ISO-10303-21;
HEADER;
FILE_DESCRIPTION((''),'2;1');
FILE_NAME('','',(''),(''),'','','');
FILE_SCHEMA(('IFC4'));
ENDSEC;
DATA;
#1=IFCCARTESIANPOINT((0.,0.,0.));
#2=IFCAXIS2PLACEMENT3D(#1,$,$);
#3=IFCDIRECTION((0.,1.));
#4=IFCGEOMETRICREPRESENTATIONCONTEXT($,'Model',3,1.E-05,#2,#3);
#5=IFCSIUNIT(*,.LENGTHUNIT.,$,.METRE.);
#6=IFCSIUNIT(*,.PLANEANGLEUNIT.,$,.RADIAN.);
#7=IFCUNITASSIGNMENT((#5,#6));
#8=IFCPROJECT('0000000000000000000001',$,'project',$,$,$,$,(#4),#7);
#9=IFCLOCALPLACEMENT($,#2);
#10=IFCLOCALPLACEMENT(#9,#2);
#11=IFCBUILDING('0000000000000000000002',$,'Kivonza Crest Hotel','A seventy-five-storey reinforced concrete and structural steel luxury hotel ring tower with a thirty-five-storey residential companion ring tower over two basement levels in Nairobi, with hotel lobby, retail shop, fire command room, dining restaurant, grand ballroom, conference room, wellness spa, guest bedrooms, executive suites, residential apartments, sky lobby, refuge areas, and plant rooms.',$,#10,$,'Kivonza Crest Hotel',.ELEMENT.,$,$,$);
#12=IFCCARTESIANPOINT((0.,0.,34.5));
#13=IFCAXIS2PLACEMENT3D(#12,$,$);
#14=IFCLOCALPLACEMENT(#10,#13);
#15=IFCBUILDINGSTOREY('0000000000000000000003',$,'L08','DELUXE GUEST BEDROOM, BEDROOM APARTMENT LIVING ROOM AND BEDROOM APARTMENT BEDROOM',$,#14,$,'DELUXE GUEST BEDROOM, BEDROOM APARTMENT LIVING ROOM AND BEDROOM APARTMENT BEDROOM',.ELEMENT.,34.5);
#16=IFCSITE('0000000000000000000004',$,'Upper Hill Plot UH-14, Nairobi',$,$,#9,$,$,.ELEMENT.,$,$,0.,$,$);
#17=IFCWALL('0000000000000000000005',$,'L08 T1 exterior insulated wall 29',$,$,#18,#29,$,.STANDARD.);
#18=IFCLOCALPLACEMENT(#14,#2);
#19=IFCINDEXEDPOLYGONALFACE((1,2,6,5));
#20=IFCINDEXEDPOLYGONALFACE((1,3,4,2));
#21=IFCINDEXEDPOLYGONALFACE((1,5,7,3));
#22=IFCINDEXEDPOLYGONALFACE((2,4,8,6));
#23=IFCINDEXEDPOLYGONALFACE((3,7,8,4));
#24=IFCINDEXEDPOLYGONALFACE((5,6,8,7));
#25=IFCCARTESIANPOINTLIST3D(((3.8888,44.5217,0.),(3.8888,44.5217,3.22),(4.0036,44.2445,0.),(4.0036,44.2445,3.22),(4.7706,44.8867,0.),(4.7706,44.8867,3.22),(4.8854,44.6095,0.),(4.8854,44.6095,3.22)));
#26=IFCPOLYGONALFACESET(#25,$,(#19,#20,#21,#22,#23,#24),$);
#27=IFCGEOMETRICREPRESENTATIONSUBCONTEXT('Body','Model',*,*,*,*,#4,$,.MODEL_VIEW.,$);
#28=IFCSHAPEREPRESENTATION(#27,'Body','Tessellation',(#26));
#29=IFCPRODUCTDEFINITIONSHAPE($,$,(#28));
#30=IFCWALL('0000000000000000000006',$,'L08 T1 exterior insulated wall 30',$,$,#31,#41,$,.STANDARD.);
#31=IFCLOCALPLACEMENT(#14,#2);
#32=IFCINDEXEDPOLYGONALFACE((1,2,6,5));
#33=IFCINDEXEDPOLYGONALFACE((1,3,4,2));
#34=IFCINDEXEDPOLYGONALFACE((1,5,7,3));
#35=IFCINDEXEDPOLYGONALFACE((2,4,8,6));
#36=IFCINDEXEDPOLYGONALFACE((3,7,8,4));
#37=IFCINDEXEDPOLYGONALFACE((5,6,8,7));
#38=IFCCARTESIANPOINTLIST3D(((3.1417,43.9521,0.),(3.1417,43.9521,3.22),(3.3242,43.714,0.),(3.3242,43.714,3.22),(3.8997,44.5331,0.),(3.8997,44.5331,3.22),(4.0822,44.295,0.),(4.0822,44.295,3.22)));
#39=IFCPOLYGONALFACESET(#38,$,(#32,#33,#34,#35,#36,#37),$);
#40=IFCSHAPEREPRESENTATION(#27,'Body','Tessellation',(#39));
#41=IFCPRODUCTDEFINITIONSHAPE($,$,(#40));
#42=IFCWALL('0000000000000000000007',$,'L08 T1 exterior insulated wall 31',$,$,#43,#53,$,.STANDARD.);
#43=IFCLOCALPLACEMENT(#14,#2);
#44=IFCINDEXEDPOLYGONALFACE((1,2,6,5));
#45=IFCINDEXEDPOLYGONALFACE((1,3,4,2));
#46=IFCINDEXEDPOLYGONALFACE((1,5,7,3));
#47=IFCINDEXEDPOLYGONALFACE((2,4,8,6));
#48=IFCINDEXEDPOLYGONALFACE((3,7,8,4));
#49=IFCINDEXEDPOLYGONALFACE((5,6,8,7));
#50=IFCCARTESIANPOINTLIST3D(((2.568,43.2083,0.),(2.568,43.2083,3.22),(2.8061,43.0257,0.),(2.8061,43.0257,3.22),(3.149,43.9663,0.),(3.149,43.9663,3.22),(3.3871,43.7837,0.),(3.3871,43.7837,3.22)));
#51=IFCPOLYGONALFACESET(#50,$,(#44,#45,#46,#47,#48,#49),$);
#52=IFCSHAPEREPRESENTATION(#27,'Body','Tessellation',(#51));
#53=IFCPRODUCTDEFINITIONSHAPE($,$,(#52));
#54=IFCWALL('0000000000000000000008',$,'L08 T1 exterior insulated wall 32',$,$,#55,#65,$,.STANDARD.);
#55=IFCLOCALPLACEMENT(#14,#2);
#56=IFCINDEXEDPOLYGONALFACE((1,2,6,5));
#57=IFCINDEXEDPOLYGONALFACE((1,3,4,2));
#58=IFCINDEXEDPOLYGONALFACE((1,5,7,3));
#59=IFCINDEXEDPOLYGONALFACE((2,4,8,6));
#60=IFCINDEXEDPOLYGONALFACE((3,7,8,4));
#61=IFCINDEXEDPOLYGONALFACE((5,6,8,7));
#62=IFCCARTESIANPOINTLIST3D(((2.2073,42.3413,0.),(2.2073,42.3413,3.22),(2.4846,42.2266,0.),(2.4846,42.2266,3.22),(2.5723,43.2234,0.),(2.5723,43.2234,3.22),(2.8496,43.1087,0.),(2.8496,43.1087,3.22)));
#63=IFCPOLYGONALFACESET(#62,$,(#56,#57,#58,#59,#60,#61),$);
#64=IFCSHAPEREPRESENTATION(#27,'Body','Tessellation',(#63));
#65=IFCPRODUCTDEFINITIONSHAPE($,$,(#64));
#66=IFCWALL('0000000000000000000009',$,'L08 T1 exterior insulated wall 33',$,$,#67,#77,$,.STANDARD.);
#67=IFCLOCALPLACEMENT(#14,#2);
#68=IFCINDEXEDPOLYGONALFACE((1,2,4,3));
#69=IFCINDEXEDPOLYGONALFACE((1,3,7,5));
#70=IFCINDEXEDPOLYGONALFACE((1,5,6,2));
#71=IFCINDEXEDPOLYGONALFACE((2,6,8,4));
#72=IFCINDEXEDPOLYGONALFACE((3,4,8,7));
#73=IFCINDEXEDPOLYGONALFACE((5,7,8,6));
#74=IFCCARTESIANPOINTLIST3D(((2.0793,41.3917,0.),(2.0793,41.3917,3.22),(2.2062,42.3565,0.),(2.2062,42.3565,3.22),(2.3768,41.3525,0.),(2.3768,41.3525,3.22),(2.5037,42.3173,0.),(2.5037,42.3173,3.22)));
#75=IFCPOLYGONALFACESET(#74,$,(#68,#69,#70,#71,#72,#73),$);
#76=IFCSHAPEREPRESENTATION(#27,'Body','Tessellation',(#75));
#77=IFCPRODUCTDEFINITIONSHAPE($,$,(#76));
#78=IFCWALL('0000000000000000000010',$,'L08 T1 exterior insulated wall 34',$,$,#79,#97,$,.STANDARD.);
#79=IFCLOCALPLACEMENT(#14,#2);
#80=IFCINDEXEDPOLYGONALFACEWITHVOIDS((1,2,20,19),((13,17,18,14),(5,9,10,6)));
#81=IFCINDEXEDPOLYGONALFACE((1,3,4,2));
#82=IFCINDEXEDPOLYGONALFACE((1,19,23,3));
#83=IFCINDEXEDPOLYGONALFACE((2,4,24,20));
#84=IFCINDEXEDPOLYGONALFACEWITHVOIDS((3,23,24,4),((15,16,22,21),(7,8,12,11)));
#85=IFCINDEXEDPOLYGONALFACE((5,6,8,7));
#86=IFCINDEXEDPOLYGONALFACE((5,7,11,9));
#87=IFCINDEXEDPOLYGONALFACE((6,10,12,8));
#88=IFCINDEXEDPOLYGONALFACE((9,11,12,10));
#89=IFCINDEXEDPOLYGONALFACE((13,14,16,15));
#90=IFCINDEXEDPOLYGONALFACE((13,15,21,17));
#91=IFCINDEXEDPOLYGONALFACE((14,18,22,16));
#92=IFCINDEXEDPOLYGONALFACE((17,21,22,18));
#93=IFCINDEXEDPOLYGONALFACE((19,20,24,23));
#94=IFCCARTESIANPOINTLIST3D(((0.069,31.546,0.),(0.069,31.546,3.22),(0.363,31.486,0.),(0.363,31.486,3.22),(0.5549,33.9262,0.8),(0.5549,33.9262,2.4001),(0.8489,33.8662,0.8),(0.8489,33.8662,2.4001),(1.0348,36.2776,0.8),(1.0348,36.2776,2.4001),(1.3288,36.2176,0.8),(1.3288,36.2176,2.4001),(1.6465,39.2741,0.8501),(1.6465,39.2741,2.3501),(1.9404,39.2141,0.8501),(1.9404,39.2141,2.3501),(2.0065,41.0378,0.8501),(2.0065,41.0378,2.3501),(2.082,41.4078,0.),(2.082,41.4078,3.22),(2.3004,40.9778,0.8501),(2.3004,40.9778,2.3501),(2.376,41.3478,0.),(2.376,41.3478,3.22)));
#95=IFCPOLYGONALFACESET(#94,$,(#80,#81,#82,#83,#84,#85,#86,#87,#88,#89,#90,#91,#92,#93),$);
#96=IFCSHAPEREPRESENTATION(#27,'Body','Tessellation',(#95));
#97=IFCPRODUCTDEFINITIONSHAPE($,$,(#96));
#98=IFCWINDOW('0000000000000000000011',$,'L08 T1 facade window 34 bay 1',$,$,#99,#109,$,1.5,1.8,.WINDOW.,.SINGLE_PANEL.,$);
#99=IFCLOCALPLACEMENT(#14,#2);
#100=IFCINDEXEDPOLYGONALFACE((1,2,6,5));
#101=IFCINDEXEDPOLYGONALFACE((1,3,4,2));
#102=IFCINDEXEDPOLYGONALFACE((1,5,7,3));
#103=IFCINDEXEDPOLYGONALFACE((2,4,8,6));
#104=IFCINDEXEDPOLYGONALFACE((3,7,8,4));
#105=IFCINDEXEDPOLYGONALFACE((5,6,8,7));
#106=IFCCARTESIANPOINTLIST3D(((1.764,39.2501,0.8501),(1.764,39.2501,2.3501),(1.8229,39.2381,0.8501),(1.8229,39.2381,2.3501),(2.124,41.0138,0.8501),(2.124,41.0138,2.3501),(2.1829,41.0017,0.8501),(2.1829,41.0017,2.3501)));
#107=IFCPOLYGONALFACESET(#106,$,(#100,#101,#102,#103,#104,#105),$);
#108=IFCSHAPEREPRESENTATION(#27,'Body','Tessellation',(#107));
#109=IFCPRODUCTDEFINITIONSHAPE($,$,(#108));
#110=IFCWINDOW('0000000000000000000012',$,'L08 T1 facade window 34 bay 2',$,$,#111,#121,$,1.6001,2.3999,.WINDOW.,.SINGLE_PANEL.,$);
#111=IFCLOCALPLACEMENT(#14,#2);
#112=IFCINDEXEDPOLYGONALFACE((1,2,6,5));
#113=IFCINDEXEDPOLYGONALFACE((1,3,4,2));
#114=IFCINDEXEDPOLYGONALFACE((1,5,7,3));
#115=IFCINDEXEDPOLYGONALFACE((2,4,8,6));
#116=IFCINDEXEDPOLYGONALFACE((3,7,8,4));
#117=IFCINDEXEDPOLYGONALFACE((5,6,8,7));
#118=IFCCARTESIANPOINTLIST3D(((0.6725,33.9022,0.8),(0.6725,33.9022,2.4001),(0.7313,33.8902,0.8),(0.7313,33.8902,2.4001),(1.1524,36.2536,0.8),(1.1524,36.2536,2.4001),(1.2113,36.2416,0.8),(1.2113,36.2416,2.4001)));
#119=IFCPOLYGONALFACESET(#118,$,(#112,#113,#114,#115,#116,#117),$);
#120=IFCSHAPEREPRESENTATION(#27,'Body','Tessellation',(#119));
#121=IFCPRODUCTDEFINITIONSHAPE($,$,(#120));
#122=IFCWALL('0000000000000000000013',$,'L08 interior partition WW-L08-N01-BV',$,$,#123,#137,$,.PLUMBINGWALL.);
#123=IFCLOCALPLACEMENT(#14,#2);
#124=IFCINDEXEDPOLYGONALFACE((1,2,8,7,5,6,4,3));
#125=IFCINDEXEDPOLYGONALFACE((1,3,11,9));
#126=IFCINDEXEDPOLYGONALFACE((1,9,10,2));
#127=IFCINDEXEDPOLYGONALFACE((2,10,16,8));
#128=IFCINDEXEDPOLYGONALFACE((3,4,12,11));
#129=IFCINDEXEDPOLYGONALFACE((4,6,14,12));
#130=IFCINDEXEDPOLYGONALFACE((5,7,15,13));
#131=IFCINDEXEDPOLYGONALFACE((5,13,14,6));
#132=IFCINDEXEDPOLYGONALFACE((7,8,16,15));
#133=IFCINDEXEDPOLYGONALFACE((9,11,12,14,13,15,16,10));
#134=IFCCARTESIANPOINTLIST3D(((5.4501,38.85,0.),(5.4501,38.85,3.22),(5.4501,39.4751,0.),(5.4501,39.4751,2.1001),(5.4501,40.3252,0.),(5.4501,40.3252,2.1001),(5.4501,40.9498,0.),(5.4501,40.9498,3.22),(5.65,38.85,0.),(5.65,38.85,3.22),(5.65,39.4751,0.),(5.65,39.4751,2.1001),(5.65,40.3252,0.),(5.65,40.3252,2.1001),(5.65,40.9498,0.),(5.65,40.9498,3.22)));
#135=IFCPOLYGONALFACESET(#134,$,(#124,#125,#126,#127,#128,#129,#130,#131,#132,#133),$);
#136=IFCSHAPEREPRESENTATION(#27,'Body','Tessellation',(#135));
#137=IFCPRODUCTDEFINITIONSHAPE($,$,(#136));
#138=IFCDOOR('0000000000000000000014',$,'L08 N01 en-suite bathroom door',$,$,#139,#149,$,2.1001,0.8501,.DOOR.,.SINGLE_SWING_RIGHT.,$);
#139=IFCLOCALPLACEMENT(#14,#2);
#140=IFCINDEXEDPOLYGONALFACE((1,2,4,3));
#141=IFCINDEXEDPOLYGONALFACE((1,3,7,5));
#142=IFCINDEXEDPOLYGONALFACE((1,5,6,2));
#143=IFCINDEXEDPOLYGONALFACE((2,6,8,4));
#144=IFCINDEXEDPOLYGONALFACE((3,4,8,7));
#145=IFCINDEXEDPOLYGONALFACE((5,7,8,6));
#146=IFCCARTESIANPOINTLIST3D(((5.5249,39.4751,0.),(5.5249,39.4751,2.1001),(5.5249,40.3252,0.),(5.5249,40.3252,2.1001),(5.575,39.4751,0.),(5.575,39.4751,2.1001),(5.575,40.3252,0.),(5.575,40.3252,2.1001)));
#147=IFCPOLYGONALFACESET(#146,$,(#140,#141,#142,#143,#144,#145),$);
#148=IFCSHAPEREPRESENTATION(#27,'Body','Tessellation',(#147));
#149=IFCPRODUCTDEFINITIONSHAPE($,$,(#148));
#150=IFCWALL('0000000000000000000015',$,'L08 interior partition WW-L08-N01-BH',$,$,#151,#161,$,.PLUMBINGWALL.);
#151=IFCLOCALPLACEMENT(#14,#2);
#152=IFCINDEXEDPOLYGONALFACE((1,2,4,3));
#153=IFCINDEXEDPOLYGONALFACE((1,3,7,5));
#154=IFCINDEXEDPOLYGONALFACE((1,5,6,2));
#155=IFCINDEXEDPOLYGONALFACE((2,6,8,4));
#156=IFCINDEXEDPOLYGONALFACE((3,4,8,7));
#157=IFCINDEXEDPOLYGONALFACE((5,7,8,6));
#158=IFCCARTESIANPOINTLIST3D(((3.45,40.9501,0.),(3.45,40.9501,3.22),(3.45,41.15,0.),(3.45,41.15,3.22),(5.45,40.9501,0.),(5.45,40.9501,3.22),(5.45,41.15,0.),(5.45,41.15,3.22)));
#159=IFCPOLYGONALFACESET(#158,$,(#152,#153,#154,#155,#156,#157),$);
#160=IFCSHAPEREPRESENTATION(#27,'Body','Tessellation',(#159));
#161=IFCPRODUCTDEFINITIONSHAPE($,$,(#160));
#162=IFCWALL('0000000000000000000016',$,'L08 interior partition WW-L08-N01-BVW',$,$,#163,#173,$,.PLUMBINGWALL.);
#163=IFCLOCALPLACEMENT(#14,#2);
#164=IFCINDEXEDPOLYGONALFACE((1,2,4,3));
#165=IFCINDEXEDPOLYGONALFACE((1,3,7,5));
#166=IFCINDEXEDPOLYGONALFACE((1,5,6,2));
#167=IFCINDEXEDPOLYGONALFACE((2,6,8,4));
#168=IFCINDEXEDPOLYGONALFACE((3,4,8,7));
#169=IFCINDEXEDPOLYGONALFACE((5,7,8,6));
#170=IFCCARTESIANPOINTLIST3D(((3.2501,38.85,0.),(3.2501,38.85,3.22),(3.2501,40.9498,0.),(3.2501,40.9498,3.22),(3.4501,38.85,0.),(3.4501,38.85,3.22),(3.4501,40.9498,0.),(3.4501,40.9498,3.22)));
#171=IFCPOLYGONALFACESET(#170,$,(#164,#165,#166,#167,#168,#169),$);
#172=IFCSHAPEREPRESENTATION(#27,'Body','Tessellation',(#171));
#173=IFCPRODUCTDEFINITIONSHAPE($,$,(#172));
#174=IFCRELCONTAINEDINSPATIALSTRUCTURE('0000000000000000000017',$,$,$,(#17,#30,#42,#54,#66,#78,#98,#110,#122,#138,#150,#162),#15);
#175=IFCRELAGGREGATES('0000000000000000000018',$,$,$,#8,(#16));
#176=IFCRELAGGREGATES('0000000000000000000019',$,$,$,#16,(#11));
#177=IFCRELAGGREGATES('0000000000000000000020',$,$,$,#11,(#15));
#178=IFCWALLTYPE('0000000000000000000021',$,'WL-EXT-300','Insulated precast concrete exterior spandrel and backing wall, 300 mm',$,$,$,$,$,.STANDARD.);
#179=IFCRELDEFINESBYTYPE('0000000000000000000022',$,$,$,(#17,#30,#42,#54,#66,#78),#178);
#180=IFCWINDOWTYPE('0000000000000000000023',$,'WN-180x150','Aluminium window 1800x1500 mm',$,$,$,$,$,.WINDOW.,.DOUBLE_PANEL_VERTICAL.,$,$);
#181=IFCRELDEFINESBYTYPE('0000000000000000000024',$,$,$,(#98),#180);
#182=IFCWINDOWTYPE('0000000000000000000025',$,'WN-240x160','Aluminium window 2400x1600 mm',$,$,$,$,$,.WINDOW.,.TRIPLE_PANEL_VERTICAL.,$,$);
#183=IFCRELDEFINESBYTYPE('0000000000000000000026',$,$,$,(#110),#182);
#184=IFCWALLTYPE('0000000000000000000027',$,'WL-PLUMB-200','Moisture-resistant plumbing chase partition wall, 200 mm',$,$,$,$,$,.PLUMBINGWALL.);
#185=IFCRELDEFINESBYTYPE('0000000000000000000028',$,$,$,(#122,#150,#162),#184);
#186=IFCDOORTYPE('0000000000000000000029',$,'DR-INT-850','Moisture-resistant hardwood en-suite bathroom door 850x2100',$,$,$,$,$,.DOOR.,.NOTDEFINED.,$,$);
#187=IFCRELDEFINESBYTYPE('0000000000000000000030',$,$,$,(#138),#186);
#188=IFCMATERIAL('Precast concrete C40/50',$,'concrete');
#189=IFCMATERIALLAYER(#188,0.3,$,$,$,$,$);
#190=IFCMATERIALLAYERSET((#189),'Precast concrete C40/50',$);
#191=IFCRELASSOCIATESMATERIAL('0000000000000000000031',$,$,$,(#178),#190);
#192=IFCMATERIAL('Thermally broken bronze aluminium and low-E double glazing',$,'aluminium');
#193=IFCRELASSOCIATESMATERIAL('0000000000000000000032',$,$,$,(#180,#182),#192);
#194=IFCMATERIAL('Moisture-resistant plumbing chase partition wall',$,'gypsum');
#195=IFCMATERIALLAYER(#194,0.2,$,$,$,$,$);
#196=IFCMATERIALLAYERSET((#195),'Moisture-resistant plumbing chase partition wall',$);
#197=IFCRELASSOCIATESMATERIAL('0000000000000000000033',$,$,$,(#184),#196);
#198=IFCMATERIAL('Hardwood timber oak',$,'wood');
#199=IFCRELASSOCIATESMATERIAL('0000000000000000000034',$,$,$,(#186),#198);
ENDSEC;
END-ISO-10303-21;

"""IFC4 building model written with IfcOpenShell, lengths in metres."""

from ifc_helpers import new_model, si_unit, direction, frame, frame_2d, origin, place, context, subcontext, project, spatial, rectangle, extrude, material, layer, layer_set, type_object, element, fill, save


model = new_model("IFC4")

# Units and contexts
model_context = context("Model", 3, precision=1e-05, world=origin(), true_north=direction((0.0, 1.0)))
body_context = subcontext(model_context, "Body", "Model", "MODEL_VIEW")
ifc_project = project(units=[si_unit("LENGTHUNIT", "METRE"), si_unit("PLANEANGLEUNIT", "RADIAN")], contexts=[model_context])

# Site, building, storey
site_placement = place(None, origin())
site = spatial("IfcSite", under=ifc_project, at=site_placement, Name="Upper Hill Plot UH-14, Nairobi", CompositionType="ELEMENT", RefElevation=0.0)
building_placement = place(site_placement, origin())
building = spatial("IfcBuilding", under=site, at=building_placement, Name="Kivonza Crest Hotel", Description="A seventy-five-storey reinforced concrete and structural steel luxury hotel ring tower with a thirty-five-storey residential companion ring tower over two basement levels in Nairobi, with hotel lobby, retail shop, fire command room, dining restaurant, grand ballroom, conference room, wellness spa, guest bedrooms, executive suites, residential apartments, sky lobby, refuge areas, and plant rooms.", LongName="Kivonza Crest Hotel", CompositionType="ELEMENT")
storey_placement = place(building_placement, frame((0.0, 0.0, 34.5)))
storey = spatial("IfcBuildingStorey", under=building, at=storey_placement, Name="L08", Description="DELUXE GUEST BEDROOM, BEDROOM APARTMENT LIVING ROOM AND BEDROOM APARTMENT BEDROOM", LongName="DELUXE GUEST BEDROOM, BEDROOM APARTMENT LIVING ROOM AND BEDROOM APARTMENT BEDROOM", CompositionType="ELEMENT", Elevation=34.5)

# Shared definitions
ifc_material_1 = material(Name="Hardwood timber oak", Category="wood")

# Walls
ifc_material_2 = material(Name="Precast concrete C40/50", Category="concrete")
ifc_layer_1 = layer(ifc_material_2, 0.3)
ifc_layer_set_1 = layer_set([ifc_layer_1], Name="Precast concrete C40/50")
wall_type_1 = type_object("IfcWallType", Name="WL-EXT-300", Description="Insulated precast concrete exterior spandrel and backing wall, 300 mm", PredefinedType="STANDARD", material=ifc_layer_set_1)
wall_1_placement = place(storey_placement, frame((4.8279, 44.748, 0.0), z_axis=(0.0, 0.0, 1.0), x_axis=(-0.923983, -0.382435, 0.0)))
element("IfcWall", 1, at=wall_1_placement, inside=storey, type_object=wall_type_1, Name="L08 T1 exterior insulated wall 29", PredefinedType="STANDARD", context=body_context, shape_type="SweptSolid", body=[
    extrude(rectangle(XDim=0.9543, YDim=0.3, at=frame_2d((0.4771, 0.0))), origin(), (0.0, 0.0, 1.0), 3.22),
])
for number, where, z_axis, x_axis, name in (
    (2, (3.991, 44.4141, 0.0), (0.0, 0.0, 1.0), (-0.793668, -0.608351, 0.0), "L08 T1 exterior insulated wall 30"),
    (3, (3.2681, 43.875, 0.0), (0.0, 0.0, 1.0), (-0.608351, -0.793668, 0.0), "L08 T1 exterior insulated wall 31"),
):
    element("IfcWall", number, at=place(storey_placement, frame(where, z_axis=z_axis, x_axis=x_axis)), inside=storey, type_object=wall_type_1, Name=name, PredefinedType="STANDARD", context=body_context, shape_type="SweptSolid", body=[
        extrude(rectangle(XDim=0.9551, YDim=0.3, at=frame_2d((0.4775, 0.0))), origin(), (0.0, 0.0, 1.0), 3.22),
    ])
wall_2_placement = place(storey_placement, frame((2.7109, 43.166, 0.0), z_axis=(0.0, 0.0, 1.0), x_axis=(-0.382344, -0.92402, 0.0)))
element("IfcWall", 4, at=wall_2_placement, inside=storey, type_object=wall_type_1, Name="L08 T1 exterior insulated wall 32", PredefinedType="STANDARD", context=body_context, shape_type="SweptSolid", body=[
    extrude(rectangle(XDim=0.9546, YDim=0.3, at=frame_2d((0.4773, 0.0))), origin(), (0.0, 0.0, 1.0), 3.22),
])
wall_3_placement = place(storey_placement, frame((2.355, 42.3369, 0.0), z_axis=(0.0, 0.0, 1.0), x_axis=(-0.130455, -0.991454, 0.0)))
element("IfcWall", 5, at=wall_3_placement, inside=storey, type_object=wall_type_1, Name="L08 T1 exterior insulated wall 33", PredefinedType="STANDARD", context=body_context, shape_type="SweptSolid", body=[
    extrude(rectangle(XDim=0.9731, YDim=0.3, at=frame_2d((0.4866, 0.0))), origin(), (0.0, 0.0, 1.0), 3.22),
])

# Wall, openings, windows
wall_4_placement = place(storey_placement, frame((2.229, 41.3779, 0.0), z_axis=(0.0, 0.0, 1.0), x_axis=(-0.199991, -0.979798, 0.0)))
wall_4 = element("IfcWall", 6, at=wall_4_placement, inside=storey, type_object=wall_type_1, Name="L08 T1 exterior insulated wall 34", PredefinedType="STANDARD", context=body_context, shape_type="SweptSolid", body=[
    extrude(rectangle(XDim=10.0652, YDim=0.3, at=frame_2d((5.0327, 0.0))), origin(), (0.0, 0.0, 1.0), 3.22),
])
opening_1_placement = place(wall_4_placement, frame((0.3779, 0.0, 0.8501)))
opening_1 = element("IfcOpeningElement", 7, at=opening_1_placement, cuts=wall_4, PredefinedType="OPENING", context=body_context, shape_type="SweptSolid", body=[
    extrude(rectangle(XDim=1.8, YDim=1.5, at=frame_2d((0.8999, 0.75))), frame((0.0, 0.1602, 0.0), z_axis=(0.0, -1.0, 0.0), x_axis=(1.0, 0.0, 0.0)), (0.0, 0.0, 1.0), 0.3201),
])
opening_2_placement = place(wall_4_placement, frame((5.2361, 0.0, 0.8)))
opening_2 = element("IfcOpeningElement", 8, at=opening_2_placement, cuts=wall_4, PredefinedType="OPENING", context=body_context, shape_type="SweptSolid", body=[
    extrude(rectangle(XDim=2.3999, YDim=1.6001, at=frame_2d((1.2, 0.8))), frame((0.0, 0.1602, 0.0), z_axis=(0.0, -1.0, 0.0), x_axis=(1.0, 0.0, 0.0)), (0.0, 0.0, 1.0), 0.3201),
])
ifc_material_3 = material(Name="Thermally broken bronze aluminium and low-E double glazing", Category="aluminium")
window_type_1 = type_object("IfcWindowType", Name="WN-180x150", Description="Aluminium window 1800x1500 mm", PartitioningType="DOUBLE_PANEL_VERTICAL", PredefinedType="WINDOW", material=ifc_material_3)
window_1_placement = place(opening_1_placement, origin())
window_1 = element("IfcWindow", 9, at=window_1_placement, inside=storey, type_object=window_type_1, Name="L08 T1 facade window 34 bay 1", OverallHeight=1.5, OverallWidth=1.8, PartitioningType="SINGLE_PANEL", PredefinedType="WINDOW", context=body_context, shape_type="SweptSolid", body=[
    extrude(rectangle(XDim=1.8, YDim=1.5, at=frame_2d((0.8999, 0.75))), frame((0.0, 0.03, 0.0), z_axis=(0.0, -1.0, 0.0), x_axis=(1.0, 0.0, 0.0)), (0.0, 0.0, 1.0), 0.0601),
])
fill(opening_1, window_1)
window_type_2 = type_object("IfcWindowType", Name="WN-240x160", Description="Aluminium window 2400x1600 mm", PartitioningType="TRIPLE_PANEL_VERTICAL", PredefinedType="WINDOW", material=ifc_material_3)
window_2_placement = place(opening_2_placement, origin())
window_2 = element("IfcWindow", 10, at=window_2_placement, inside=storey, type_object=window_type_2, Name="L08 T1 facade window 34 bay 2", OverallHeight=1.6001, OverallWidth=2.3999, PartitioningType="SINGLE_PANEL", PredefinedType="WINDOW", context=body_context, shape_type="SweptSolid", body=[
    extrude(rectangle(XDim=2.3999, YDim=1.6001, at=frame_2d((1.2, 0.8))), frame((0.0, 0.03, 0.0), z_axis=(0.0, -1.0, 0.0), x_axis=(1.0, 0.0, 0.0)), (0.0, 0.0, 1.0), 0.0601),
])
fill(opening_2, window_2)

# Wall, opening, door
ifc_material_4 = material(Name="Moisture-resistant plumbing chase partition wall", Category="gypsum")
ifc_layer_2 = layer(ifc_material_4, 0.2)
ifc_layer_set_2 = layer_set([ifc_layer_2], Name="Moisture-resistant plumbing chase partition wall")
wall_type_2 = type_object("IfcWallType", Name="WL-PLUMB-200", Description="Moisture-resistant plumbing chase partition wall, 200 mm", PredefinedType="PLUMBINGWALL", material=ifc_layer_set_2)
wall_5_placement = place(storey_placement, frame((5.55, 38.8501, 0.0), z_axis=(0.0, 0.0, 1.0), x_axis=(0.0, 1.0, 0.0)))
wall_5 = element("IfcWall", 11, at=wall_5_placement, inside=storey, type_object=wall_type_2, Name="L08 interior partition WW-L08-N01-BV", PredefinedType="PLUMBINGWALL", context=body_context, shape_type="SweptSolid", body=[
    extrude(rectangle(XDim=2.0999, YDim=0.2, at=frame_2d((1.0498, 0.0))), origin(), (0.0, 0.0, 1.0), 3.22),
])
opening_3_placement = place(wall_5_placement, frame((0.625, 0.0, 0.0)))
opening_3 = element("IfcOpeningElement", 12, at=opening_3_placement, cuts=wall_5, PredefinedType="OPENING", context=body_context, shape_type="SweptSolid", body=[
    extrude(rectangle(XDim=0.8501, YDim=2.1001, at=frame_2d((0.425, 1.05))), frame((0.0, 0.1099, 0.0), z_axis=(0.0, -1.0, 0.0), x_axis=(1.0, 0.0, 0.0)), (0.0, 0.0, 1.0), 0.22),
])
door_type_1 = type_object("IfcDoorType", Name="DR-INT-850", Description="Moisture-resistant hardwood en-suite bathroom door 850x2100", OperationType="NOTDEFINED", PredefinedType="DOOR", material=ifc_material_1)
door_1_placement = place(opening_3_placement, frame((0.8501, 0.0, 0.0), z_axis=(0.0, 0.0, 1.0), x_axis=(-1.0, 0.0, 0.0)))
door_1 = element("IfcDoor", 13, at=door_1_placement, inside=storey, type_object=door_type_1, Name="L08 N01 en-suite bathroom door", OperationType="SINGLE_SWING_RIGHT", OverallHeight=2.1001, OverallWidth=0.8501, PredefinedType="DOOR", context=body_context, shape_type="SweptSolid", body=[
    extrude(rectangle(XDim=0.8501, YDim=2.1001, at=frame_2d((0.425, 1.05))), frame((0.0, 0.0249, 0.0), z_axis=(0.0, -1.0, 0.0), x_axis=(1.0, 0.0, 0.0)), (0.0, 0.0, 1.0), 0.05),
])
fill(opening_3, door_1)

# Walls
wall_6_placement = place(storey_placement, frame((3.45, 41.05, 0.0), z_axis=(0.0, 0.0, 1.0), x_axis=(1.0, 0.0, 0.0)))
element("IfcWall", 14, at=wall_6_placement, inside=storey, type_object=wall_type_2, Name="L08 interior partition WW-L08-N01-BH", PredefinedType="PLUMBINGWALL", context=body_context, shape_type="SweptSolid", body=[
    extrude(rectangle(XDim=2.0, YDim=0.2, at=frame_2d((1.0, 0.0))), origin(), (0.0, 0.0, 1.0), 3.22),
])
wall_7_placement = place(storey_placement, frame((3.3501, 38.8501, 0.0), z_axis=(0.0, 0.0, 1.0), x_axis=(0.0, 1.0, 0.0)))
element("IfcWall", 15, at=wall_7_placement, inside=storey, type_object=wall_type_2, Name="L08 interior partition WW-L08-N01-BVW", PredefinedType="PLUMBINGWALL", context=body_context, shape_type="SweptSolid", body=[
    extrude(rectangle(XDim=2.0999, YDim=0.2, at=frame_2d((1.0498, 0.0))), origin(), (0.0, 0.0, 1.0), 3.22),
])

save(model, "model.ifc")
